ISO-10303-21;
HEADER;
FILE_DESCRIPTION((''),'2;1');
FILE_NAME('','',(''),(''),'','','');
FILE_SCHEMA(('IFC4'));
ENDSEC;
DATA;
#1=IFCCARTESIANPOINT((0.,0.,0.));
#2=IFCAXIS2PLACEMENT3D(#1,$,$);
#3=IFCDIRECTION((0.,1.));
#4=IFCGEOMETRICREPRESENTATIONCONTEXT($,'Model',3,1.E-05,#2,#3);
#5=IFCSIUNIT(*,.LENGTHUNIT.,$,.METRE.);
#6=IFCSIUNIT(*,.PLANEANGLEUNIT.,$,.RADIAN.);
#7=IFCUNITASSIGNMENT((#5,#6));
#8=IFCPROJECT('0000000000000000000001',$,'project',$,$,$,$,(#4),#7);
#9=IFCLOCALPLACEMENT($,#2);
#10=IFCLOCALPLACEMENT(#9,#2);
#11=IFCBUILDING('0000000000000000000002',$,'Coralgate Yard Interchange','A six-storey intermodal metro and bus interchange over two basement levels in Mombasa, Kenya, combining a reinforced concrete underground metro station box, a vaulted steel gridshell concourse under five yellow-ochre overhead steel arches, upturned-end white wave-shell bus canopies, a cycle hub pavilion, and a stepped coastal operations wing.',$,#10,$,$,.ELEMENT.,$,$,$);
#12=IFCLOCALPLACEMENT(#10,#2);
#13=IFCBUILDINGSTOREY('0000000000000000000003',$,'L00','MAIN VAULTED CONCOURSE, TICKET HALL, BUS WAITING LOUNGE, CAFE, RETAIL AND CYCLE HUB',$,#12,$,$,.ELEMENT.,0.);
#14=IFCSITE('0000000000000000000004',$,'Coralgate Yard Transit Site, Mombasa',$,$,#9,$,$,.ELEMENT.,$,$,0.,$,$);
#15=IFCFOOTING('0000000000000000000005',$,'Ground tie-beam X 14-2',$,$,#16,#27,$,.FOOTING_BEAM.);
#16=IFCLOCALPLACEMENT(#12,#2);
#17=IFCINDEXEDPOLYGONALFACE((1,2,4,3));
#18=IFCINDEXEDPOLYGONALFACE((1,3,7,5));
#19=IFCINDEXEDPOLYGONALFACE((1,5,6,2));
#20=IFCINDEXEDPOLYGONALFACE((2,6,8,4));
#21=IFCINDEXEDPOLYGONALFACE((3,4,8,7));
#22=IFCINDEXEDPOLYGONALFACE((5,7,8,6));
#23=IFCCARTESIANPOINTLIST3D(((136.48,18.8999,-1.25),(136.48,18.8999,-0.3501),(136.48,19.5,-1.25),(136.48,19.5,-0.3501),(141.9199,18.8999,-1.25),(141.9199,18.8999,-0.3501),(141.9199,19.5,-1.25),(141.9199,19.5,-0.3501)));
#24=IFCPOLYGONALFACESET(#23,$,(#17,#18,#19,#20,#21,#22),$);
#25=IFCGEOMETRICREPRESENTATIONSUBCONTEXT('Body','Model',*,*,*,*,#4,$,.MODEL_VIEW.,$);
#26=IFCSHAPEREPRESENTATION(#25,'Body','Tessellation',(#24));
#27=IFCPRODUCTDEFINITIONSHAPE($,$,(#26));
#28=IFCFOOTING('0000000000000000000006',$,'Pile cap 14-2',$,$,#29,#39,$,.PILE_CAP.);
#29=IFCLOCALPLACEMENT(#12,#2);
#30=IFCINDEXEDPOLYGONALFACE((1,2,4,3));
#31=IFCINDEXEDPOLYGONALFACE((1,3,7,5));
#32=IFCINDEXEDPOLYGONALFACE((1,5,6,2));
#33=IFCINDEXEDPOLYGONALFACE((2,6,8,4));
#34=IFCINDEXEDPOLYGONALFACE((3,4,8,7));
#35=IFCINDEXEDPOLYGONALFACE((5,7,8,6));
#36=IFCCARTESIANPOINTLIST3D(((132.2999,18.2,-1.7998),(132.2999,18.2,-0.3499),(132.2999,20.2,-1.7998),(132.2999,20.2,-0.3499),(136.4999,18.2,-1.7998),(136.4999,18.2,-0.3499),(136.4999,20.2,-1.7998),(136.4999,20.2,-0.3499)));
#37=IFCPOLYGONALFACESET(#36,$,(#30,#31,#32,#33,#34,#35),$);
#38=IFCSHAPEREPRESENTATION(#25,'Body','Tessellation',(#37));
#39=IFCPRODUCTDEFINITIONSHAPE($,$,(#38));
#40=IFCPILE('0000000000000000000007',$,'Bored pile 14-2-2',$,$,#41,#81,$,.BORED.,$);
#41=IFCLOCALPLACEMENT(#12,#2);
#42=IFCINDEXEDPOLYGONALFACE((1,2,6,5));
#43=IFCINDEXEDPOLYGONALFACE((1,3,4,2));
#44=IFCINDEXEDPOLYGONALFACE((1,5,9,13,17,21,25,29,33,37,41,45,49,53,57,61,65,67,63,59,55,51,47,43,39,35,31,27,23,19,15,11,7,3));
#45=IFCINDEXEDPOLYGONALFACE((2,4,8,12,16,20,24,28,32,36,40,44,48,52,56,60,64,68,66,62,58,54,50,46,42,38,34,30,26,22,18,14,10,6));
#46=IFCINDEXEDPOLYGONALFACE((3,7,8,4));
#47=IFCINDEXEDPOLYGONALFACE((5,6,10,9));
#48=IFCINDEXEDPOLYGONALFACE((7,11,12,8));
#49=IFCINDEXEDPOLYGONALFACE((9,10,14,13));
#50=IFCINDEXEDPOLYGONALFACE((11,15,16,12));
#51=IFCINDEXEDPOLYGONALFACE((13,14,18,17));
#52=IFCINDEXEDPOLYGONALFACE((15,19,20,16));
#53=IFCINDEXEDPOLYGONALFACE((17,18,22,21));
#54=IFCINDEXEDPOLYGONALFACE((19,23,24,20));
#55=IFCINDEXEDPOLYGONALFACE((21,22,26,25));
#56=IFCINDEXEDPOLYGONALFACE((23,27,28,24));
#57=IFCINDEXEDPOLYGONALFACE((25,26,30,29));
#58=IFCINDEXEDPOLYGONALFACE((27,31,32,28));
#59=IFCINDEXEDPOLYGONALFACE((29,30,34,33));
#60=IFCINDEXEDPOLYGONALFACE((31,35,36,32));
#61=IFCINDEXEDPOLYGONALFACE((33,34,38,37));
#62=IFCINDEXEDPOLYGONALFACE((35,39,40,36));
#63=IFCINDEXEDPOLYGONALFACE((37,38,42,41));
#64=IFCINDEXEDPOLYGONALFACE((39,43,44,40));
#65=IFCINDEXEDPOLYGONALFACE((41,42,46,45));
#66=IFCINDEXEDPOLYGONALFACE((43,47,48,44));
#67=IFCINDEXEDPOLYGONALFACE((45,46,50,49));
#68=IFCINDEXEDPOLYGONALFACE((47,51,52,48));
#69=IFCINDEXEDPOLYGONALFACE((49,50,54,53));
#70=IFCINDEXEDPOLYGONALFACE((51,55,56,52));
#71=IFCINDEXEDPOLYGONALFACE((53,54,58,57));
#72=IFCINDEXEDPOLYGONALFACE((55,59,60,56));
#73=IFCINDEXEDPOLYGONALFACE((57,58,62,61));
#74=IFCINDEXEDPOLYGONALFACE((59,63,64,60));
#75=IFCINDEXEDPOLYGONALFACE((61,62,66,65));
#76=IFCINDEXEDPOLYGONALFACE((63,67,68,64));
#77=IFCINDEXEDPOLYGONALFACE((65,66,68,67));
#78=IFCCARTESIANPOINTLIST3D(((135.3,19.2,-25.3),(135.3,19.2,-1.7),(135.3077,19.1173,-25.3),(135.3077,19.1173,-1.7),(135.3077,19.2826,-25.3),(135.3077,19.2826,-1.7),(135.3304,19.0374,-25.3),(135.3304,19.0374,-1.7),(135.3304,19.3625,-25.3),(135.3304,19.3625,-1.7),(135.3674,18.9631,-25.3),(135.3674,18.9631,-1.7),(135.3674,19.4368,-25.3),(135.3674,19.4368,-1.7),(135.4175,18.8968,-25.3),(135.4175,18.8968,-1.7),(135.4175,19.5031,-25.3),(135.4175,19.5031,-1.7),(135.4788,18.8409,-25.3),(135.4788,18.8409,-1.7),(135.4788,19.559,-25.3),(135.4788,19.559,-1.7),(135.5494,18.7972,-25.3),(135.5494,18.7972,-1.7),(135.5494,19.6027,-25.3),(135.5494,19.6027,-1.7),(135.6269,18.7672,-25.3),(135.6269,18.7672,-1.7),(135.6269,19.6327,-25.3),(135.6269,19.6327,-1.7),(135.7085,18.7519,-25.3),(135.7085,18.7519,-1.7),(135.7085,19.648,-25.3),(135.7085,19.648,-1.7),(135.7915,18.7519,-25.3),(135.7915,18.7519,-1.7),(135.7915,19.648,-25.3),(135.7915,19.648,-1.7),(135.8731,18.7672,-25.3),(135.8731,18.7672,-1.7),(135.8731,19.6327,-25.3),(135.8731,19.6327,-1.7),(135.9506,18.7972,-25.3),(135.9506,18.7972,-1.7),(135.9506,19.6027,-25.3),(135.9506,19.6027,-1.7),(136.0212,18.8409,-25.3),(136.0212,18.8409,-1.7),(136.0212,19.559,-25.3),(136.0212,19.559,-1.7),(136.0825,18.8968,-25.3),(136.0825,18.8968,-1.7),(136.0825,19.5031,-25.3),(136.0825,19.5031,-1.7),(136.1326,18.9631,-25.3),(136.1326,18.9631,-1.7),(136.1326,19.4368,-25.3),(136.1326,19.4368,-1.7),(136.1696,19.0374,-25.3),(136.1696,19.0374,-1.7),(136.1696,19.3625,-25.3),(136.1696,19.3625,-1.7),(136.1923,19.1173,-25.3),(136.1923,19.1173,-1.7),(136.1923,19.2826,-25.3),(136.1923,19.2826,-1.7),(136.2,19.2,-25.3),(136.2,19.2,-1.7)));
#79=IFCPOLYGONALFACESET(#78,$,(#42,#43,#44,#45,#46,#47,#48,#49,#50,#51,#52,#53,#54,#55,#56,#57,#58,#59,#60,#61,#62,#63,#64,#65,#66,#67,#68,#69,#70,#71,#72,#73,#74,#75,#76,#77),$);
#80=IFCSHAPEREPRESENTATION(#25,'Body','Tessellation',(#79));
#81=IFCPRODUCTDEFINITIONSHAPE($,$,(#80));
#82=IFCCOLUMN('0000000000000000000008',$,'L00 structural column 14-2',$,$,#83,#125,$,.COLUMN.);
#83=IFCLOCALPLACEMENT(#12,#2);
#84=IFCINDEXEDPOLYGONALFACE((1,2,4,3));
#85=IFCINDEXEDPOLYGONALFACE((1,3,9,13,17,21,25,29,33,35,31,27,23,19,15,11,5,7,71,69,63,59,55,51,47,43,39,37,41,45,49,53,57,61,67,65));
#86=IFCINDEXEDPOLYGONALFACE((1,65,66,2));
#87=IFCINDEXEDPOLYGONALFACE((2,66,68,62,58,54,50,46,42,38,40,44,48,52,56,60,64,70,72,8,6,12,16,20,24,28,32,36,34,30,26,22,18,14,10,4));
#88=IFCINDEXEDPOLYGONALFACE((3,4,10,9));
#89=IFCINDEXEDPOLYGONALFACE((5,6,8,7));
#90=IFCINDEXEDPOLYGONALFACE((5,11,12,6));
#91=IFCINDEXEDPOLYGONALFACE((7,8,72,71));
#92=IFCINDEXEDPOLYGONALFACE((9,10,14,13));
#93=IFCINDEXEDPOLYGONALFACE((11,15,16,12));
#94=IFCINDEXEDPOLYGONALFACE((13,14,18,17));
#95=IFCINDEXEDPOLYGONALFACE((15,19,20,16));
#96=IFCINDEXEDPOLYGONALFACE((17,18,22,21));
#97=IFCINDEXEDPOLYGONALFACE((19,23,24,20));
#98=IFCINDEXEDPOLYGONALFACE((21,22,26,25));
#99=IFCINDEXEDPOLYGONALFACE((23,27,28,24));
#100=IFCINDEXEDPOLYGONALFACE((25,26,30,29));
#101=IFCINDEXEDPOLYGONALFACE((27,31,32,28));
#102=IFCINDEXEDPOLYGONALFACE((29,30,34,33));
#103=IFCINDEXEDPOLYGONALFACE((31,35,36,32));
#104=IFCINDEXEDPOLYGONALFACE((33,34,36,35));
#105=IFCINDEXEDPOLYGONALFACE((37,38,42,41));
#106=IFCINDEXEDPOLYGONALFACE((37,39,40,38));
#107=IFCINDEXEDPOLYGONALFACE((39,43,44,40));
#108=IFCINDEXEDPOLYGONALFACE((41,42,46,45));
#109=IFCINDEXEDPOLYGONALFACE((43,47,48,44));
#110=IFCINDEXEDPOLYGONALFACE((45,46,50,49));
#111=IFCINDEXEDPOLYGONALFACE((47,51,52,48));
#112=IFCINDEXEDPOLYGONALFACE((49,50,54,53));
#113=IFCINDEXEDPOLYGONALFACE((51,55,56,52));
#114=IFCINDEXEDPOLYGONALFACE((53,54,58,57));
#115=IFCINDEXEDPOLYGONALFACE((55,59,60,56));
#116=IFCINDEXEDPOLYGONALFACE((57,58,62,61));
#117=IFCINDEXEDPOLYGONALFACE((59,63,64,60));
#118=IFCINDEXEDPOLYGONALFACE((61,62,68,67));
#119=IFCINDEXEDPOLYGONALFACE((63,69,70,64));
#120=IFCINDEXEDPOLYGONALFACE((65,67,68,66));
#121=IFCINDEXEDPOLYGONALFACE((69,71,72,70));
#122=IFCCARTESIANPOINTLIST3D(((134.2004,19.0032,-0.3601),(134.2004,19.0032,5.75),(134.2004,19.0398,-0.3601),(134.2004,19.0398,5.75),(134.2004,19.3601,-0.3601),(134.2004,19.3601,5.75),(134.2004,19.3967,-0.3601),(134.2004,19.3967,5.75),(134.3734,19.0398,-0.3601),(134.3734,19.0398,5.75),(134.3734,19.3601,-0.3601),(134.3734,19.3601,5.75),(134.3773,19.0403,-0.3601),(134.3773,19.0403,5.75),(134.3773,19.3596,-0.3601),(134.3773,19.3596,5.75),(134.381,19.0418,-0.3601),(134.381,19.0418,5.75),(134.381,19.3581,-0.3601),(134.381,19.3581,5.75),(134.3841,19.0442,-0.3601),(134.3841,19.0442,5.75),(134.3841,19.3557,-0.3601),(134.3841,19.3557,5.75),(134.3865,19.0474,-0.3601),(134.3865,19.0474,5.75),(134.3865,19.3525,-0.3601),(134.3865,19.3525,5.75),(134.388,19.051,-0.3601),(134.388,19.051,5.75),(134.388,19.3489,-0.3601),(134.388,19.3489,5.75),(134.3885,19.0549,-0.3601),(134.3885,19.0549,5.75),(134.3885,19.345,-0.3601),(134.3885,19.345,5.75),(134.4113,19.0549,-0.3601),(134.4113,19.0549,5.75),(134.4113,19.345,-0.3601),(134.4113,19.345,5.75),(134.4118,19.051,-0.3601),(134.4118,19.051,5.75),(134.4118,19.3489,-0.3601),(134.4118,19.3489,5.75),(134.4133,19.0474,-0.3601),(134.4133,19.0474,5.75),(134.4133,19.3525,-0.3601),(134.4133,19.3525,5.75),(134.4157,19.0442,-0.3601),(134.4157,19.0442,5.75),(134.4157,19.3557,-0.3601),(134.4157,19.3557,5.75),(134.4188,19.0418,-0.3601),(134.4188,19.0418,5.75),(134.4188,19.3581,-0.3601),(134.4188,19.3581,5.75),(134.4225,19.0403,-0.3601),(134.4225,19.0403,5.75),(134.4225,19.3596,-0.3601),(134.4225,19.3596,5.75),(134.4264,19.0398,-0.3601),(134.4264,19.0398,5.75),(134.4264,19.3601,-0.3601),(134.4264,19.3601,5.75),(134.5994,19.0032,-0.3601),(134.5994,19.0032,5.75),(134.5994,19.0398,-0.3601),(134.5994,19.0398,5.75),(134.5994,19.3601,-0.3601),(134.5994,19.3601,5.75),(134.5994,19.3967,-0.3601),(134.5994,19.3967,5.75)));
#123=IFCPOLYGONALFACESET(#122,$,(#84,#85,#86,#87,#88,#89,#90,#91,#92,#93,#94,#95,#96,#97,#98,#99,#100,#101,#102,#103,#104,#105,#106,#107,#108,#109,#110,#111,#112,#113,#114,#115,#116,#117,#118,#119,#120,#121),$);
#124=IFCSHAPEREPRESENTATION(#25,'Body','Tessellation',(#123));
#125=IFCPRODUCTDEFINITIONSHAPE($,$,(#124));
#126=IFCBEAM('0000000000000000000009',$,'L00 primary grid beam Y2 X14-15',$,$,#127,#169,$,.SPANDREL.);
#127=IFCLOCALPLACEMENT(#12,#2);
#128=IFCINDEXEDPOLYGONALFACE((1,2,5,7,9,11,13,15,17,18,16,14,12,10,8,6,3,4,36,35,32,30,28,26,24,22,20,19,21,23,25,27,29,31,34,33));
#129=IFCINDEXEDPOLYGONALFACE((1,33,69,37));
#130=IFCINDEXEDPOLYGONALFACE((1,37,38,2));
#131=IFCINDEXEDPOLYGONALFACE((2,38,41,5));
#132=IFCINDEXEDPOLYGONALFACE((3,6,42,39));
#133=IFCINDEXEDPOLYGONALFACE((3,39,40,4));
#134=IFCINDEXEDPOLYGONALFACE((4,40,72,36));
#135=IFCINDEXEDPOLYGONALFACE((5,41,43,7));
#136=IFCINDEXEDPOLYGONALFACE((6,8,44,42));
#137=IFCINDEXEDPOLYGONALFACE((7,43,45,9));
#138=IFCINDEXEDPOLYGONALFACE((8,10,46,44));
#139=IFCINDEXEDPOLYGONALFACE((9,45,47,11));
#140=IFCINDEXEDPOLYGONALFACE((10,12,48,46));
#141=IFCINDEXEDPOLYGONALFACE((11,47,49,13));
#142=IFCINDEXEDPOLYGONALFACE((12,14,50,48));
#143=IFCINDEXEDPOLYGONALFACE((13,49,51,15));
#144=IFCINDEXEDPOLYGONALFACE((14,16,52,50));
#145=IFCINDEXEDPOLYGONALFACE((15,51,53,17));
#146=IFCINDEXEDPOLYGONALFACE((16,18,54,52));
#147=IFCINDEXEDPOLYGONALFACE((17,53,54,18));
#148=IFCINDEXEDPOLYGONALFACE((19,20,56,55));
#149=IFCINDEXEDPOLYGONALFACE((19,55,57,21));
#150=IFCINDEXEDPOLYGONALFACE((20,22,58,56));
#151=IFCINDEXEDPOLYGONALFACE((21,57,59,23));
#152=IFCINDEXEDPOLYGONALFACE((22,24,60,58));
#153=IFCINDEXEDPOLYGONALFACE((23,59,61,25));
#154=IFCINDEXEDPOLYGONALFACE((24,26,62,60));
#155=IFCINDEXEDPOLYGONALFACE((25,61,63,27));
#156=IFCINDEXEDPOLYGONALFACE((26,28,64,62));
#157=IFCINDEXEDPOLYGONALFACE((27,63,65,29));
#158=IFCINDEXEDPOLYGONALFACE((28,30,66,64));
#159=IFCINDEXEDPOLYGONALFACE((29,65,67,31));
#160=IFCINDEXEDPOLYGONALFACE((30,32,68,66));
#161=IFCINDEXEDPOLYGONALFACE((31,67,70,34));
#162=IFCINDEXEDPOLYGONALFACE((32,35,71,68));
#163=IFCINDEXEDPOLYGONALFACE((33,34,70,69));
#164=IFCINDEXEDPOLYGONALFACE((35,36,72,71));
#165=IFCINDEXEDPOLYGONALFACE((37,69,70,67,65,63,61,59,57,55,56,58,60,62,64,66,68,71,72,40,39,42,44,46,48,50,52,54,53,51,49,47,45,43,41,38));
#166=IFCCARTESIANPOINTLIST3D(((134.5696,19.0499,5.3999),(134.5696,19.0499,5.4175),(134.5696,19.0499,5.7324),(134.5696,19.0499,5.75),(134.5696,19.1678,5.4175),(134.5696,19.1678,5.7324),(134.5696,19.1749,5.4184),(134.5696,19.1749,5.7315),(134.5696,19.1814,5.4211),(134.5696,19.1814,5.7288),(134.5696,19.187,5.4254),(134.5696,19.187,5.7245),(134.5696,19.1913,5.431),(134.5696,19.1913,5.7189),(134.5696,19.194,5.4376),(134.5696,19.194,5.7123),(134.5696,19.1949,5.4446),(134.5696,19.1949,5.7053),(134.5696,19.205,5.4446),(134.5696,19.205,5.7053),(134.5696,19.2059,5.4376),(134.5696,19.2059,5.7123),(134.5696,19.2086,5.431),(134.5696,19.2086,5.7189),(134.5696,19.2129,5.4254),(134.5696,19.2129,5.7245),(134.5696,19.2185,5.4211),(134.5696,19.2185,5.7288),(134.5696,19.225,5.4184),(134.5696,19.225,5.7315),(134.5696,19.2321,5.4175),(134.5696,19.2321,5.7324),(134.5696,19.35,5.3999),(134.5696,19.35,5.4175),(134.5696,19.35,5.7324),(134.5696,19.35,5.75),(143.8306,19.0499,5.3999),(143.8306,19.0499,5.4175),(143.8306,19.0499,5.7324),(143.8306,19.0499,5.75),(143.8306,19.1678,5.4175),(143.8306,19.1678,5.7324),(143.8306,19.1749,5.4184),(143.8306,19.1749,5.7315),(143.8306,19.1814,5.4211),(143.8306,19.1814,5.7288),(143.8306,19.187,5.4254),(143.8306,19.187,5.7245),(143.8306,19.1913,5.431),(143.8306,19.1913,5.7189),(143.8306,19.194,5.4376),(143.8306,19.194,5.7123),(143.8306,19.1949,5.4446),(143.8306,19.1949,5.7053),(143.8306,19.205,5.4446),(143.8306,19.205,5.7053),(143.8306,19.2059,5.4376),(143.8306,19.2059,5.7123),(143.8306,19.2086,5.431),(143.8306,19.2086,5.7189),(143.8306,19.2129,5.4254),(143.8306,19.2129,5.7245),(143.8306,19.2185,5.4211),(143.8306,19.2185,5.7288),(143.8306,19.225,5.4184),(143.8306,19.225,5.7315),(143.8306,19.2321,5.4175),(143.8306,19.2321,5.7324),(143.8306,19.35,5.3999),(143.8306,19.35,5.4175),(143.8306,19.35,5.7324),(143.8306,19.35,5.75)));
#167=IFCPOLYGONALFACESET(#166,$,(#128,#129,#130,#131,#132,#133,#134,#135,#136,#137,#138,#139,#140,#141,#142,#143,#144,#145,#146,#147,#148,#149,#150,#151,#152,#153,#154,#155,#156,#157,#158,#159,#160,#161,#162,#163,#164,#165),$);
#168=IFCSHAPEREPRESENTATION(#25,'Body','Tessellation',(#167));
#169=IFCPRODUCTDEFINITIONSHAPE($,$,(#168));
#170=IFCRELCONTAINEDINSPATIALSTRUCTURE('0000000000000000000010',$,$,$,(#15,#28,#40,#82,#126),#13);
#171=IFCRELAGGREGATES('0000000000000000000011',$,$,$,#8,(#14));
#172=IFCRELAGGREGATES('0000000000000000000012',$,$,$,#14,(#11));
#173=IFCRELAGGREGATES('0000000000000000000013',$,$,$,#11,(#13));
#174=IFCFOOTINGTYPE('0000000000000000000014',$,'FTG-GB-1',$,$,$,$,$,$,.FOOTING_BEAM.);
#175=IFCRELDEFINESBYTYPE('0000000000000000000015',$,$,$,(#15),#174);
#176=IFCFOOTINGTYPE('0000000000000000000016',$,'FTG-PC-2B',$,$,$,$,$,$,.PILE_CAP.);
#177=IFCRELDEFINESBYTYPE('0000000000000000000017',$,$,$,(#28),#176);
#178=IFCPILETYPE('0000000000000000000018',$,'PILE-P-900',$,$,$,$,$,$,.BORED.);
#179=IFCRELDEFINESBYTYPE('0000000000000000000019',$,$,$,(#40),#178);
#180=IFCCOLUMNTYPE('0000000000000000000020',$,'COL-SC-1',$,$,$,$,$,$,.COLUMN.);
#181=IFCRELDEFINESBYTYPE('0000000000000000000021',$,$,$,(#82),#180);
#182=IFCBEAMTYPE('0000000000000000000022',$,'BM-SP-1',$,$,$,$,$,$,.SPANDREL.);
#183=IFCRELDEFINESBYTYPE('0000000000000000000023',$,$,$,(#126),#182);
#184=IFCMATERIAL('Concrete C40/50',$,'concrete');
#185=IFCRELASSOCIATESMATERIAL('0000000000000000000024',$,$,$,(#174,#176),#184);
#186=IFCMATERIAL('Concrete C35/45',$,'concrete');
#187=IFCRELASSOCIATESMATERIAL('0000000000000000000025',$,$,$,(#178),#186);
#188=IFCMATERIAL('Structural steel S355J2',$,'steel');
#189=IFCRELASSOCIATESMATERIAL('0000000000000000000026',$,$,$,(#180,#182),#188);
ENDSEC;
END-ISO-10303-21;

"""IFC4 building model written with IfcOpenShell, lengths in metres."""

from ifc_helpers import new_model, si_unit, direction, frame, origin, origin_2d, place, context, subcontext, project, spatial, rectangle, circle, i_section, extrude, material, material_profile, profile_set, type_object, element, save


model = new_model("IFC4")

# Units and contexts
model_context = context("Model", 3, precision=1e-05, world=origin(), true_north=direction((0.0, 1.0)))
body_context = subcontext(model_context, "Body", "Model", "MODEL_VIEW")
ifc_project = project(units=[si_unit("LENGTHUNIT", "METRE"), si_unit("PLANEANGLEUNIT", "RADIAN")], contexts=[model_context])

# Site, building, storey
site_placement = place(None, origin())
site = spatial("IfcSite", under=ifc_project, at=site_placement, Name="Coralgate Yard Transit Site, Mombasa", CompositionType="ELEMENT", RefElevation=0.0)
building_placement = place(site_placement, origin())
building = spatial("IfcBuilding", under=site, at=building_placement, Name="Coralgate Yard Interchange", Description="A six-storey intermodal metro and bus interchange over two basement levels in Mombasa, Kenya, combining a reinforced concrete underground metro station box, a vaulted steel gridshell concourse under five yellow-ochre overhead steel arches, upturned-end white wave-shell bus canopies, a cycle hub pavilion, and a stepped coastal operations wing.", CompositionType="ELEMENT")
storey_placement = place(building_placement, origin())
storey = spatial("IfcBuildingStorey", under=building, at=storey_placement, Name="L00", Description="MAIN VAULTED CONCOURSE, TICKET HALL, BUS WAITING LOUNGE, CAFE, RETAIL AND CYCLE HUB", CompositionType="ELEMENT", Elevation=0.0)

# Footings
ifc_material_1 = material(Name="Concrete C40/50", Category="concrete")
ifc_material_profile_1 = material_profile(ifc_material_1, rectangle(XDim=0.6001, YDim=0.8999, at=origin_2d()), Name="RC 600x900")
ifc_profile_set_1 = profile_set([ifc_material_profile_1], Name="Concrete C40/50")
footing_type_1 = type_object("IfcFootingType", Name="FTG-GB-1", PredefinedType="FOOTING_BEAM", material=ifc_profile_set_1)
footing_1_placement = place(storey_placement, frame((136.48, 19.2, -0.8), z_axis=(1.0, 0.0, 0.0), x_axis=(0.0, 1.0, 0.0)))
element("IfcFooting", 1, at=footing_1_placement, inside=storey, type_object=footing_type_1, Name="Ground tie-beam X 14-2", PredefinedType="FOOTING_BEAM", context=body_context, shape_type="SweptSolid", body=[
    extrude(rectangle(XDim=0.6001, YDim=0.8999, at=origin_2d()), origin(), (0.0, 0.0, 1.0), 5.4399),
])
footing_type_2 = type_object("IfcFootingType", Name="FTG-PC-2B", PredefinedType="PILE_CAP", material=ifc_material_1)
footing_2_placement = place(storey_placement, frame((134.3999, 19.2, -1.7998), z_axis=(0.0, 0.0, 1.0), x_axis=(1.0, 0.0, 0.0)))
element("IfcFooting", 2, at=footing_2_placement, inside=storey, type_object=footing_type_2, Name="Pile cap 14-2", PredefinedType="PILE_CAP", context=body_context, shape_type="SweptSolid", body=[
    extrude(rectangle(XDim=4.2, YDim=2.0, at=origin_2d()), origin(), (0.0, 0.0, 1.0), 1.45),
])

# Pile
ifc_material_2 = material(Name="Concrete C35/45", Category="concrete")
ifc_material_profile_2 = material_profile(ifc_material_2, circle(Radius=0.45, at=origin_2d()), Name="BORED PILE D900")
ifc_profile_set_2 = profile_set([ifc_material_profile_2], Name="Concrete C35/45")
pile_type = type_object("IfcPileType", Name="PILE-P-900", PredefinedType="BORED", material=ifc_profile_set_2)
pile_placement = place(storey_placement, frame((135.75, 19.2, -1.7), z_axis=(0.0, 0.0, -1.0), x_axis=(1.0, 0.0, 0.0)))
element("IfcPile", 3, at=pile_placement, inside=storey, type_object=pile_type, Name="Bored pile 14-2-2", PredefinedType="BORED", context=body_context, shape_type="SweptSolid", body=[
    extrude(circle(Radius=0.45, at=origin_2d()), origin(), (0.0, 0.0, 1.0), 23.6001),
])

# Column
ifc_material_3 = material(Name="Structural steel S355J2", Category="steel")
ifc_material_profile_3 = material_profile(ifc_material_3, i_section(OverallWidth=0.3989, OverallDepth=0.3936, WebThickness=0.0227, FlangeThickness=0.0366, FilletRadius=0.0151, at=origin_2d()), Name="UC 356x406x287")
ifc_profile_set_3 = profile_set([ifc_material_profile_3], Name="Structural steel S355J2")
column_type = type_object("IfcColumnType", Name="COL-SC-1", PredefinedType="COLUMN", material=ifc_profile_set_3)
column_placement = place(storey_placement, frame((134.3999, 19.2, -0.3601), z_axis=(0.0, 0.0, 1.0), x_axis=(1.0, 0.0, 0.0)))
element("IfcColumn", 4, at=column_placement, inside=storey, type_object=column_type, Name="L00 structural column 14-2", PredefinedType="COLUMN", context=body_context, shape_type="SweptSolid", body=[
    extrude(i_section(OverallWidth=0.3989, OverallDepth=0.3936, WebThickness=0.0227, FlangeThickness=0.0366, FilletRadius=0.0151, at=origin_2d()), origin(), (0.0, 0.0, 1.0), 6.1101),
])

# Beam
ifc_material_profile_4 = material_profile(ifc_material_3, i_section(OverallWidth=0.3, OverallDepth=0.3501, WebThickness=0.01, FlangeThickness=0.0176, FilletRadius=0.0271, at=origin_2d()), Name="HEA 360")
ifc_profile_set_4 = profile_set([ifc_material_profile_4], Name="Structural steel S355J2")
beam_type = type_object("IfcBeamType", Name="BM-SP-1", PredefinedType="SPANDREL", material=ifc_profile_set_4)
beam_placement = place(storey_placement, frame((134.5696, 19.2, 5.575), z_axis=(1.0, 0.0, 0.0), x_axis=(0.0, 1.0, 0.0)))
element("IfcBeam", 5, at=beam_placement, inside=storey, type_object=beam_type, Name="L00 primary grid beam Y2 X14-15", PredefinedType="SPANDREL", context=body_context, shape_type="SweptSolid", body=[
    extrude(i_section(OverallWidth=0.3, OverallDepth=0.3501, WebThickness=0.01, FlangeThickness=0.0176, FilletRadius=0.0271, at=origin_2d()), origin(), (0.0, 0.0, 1.0), 9.261),
])

save(model, "model.ifc")
